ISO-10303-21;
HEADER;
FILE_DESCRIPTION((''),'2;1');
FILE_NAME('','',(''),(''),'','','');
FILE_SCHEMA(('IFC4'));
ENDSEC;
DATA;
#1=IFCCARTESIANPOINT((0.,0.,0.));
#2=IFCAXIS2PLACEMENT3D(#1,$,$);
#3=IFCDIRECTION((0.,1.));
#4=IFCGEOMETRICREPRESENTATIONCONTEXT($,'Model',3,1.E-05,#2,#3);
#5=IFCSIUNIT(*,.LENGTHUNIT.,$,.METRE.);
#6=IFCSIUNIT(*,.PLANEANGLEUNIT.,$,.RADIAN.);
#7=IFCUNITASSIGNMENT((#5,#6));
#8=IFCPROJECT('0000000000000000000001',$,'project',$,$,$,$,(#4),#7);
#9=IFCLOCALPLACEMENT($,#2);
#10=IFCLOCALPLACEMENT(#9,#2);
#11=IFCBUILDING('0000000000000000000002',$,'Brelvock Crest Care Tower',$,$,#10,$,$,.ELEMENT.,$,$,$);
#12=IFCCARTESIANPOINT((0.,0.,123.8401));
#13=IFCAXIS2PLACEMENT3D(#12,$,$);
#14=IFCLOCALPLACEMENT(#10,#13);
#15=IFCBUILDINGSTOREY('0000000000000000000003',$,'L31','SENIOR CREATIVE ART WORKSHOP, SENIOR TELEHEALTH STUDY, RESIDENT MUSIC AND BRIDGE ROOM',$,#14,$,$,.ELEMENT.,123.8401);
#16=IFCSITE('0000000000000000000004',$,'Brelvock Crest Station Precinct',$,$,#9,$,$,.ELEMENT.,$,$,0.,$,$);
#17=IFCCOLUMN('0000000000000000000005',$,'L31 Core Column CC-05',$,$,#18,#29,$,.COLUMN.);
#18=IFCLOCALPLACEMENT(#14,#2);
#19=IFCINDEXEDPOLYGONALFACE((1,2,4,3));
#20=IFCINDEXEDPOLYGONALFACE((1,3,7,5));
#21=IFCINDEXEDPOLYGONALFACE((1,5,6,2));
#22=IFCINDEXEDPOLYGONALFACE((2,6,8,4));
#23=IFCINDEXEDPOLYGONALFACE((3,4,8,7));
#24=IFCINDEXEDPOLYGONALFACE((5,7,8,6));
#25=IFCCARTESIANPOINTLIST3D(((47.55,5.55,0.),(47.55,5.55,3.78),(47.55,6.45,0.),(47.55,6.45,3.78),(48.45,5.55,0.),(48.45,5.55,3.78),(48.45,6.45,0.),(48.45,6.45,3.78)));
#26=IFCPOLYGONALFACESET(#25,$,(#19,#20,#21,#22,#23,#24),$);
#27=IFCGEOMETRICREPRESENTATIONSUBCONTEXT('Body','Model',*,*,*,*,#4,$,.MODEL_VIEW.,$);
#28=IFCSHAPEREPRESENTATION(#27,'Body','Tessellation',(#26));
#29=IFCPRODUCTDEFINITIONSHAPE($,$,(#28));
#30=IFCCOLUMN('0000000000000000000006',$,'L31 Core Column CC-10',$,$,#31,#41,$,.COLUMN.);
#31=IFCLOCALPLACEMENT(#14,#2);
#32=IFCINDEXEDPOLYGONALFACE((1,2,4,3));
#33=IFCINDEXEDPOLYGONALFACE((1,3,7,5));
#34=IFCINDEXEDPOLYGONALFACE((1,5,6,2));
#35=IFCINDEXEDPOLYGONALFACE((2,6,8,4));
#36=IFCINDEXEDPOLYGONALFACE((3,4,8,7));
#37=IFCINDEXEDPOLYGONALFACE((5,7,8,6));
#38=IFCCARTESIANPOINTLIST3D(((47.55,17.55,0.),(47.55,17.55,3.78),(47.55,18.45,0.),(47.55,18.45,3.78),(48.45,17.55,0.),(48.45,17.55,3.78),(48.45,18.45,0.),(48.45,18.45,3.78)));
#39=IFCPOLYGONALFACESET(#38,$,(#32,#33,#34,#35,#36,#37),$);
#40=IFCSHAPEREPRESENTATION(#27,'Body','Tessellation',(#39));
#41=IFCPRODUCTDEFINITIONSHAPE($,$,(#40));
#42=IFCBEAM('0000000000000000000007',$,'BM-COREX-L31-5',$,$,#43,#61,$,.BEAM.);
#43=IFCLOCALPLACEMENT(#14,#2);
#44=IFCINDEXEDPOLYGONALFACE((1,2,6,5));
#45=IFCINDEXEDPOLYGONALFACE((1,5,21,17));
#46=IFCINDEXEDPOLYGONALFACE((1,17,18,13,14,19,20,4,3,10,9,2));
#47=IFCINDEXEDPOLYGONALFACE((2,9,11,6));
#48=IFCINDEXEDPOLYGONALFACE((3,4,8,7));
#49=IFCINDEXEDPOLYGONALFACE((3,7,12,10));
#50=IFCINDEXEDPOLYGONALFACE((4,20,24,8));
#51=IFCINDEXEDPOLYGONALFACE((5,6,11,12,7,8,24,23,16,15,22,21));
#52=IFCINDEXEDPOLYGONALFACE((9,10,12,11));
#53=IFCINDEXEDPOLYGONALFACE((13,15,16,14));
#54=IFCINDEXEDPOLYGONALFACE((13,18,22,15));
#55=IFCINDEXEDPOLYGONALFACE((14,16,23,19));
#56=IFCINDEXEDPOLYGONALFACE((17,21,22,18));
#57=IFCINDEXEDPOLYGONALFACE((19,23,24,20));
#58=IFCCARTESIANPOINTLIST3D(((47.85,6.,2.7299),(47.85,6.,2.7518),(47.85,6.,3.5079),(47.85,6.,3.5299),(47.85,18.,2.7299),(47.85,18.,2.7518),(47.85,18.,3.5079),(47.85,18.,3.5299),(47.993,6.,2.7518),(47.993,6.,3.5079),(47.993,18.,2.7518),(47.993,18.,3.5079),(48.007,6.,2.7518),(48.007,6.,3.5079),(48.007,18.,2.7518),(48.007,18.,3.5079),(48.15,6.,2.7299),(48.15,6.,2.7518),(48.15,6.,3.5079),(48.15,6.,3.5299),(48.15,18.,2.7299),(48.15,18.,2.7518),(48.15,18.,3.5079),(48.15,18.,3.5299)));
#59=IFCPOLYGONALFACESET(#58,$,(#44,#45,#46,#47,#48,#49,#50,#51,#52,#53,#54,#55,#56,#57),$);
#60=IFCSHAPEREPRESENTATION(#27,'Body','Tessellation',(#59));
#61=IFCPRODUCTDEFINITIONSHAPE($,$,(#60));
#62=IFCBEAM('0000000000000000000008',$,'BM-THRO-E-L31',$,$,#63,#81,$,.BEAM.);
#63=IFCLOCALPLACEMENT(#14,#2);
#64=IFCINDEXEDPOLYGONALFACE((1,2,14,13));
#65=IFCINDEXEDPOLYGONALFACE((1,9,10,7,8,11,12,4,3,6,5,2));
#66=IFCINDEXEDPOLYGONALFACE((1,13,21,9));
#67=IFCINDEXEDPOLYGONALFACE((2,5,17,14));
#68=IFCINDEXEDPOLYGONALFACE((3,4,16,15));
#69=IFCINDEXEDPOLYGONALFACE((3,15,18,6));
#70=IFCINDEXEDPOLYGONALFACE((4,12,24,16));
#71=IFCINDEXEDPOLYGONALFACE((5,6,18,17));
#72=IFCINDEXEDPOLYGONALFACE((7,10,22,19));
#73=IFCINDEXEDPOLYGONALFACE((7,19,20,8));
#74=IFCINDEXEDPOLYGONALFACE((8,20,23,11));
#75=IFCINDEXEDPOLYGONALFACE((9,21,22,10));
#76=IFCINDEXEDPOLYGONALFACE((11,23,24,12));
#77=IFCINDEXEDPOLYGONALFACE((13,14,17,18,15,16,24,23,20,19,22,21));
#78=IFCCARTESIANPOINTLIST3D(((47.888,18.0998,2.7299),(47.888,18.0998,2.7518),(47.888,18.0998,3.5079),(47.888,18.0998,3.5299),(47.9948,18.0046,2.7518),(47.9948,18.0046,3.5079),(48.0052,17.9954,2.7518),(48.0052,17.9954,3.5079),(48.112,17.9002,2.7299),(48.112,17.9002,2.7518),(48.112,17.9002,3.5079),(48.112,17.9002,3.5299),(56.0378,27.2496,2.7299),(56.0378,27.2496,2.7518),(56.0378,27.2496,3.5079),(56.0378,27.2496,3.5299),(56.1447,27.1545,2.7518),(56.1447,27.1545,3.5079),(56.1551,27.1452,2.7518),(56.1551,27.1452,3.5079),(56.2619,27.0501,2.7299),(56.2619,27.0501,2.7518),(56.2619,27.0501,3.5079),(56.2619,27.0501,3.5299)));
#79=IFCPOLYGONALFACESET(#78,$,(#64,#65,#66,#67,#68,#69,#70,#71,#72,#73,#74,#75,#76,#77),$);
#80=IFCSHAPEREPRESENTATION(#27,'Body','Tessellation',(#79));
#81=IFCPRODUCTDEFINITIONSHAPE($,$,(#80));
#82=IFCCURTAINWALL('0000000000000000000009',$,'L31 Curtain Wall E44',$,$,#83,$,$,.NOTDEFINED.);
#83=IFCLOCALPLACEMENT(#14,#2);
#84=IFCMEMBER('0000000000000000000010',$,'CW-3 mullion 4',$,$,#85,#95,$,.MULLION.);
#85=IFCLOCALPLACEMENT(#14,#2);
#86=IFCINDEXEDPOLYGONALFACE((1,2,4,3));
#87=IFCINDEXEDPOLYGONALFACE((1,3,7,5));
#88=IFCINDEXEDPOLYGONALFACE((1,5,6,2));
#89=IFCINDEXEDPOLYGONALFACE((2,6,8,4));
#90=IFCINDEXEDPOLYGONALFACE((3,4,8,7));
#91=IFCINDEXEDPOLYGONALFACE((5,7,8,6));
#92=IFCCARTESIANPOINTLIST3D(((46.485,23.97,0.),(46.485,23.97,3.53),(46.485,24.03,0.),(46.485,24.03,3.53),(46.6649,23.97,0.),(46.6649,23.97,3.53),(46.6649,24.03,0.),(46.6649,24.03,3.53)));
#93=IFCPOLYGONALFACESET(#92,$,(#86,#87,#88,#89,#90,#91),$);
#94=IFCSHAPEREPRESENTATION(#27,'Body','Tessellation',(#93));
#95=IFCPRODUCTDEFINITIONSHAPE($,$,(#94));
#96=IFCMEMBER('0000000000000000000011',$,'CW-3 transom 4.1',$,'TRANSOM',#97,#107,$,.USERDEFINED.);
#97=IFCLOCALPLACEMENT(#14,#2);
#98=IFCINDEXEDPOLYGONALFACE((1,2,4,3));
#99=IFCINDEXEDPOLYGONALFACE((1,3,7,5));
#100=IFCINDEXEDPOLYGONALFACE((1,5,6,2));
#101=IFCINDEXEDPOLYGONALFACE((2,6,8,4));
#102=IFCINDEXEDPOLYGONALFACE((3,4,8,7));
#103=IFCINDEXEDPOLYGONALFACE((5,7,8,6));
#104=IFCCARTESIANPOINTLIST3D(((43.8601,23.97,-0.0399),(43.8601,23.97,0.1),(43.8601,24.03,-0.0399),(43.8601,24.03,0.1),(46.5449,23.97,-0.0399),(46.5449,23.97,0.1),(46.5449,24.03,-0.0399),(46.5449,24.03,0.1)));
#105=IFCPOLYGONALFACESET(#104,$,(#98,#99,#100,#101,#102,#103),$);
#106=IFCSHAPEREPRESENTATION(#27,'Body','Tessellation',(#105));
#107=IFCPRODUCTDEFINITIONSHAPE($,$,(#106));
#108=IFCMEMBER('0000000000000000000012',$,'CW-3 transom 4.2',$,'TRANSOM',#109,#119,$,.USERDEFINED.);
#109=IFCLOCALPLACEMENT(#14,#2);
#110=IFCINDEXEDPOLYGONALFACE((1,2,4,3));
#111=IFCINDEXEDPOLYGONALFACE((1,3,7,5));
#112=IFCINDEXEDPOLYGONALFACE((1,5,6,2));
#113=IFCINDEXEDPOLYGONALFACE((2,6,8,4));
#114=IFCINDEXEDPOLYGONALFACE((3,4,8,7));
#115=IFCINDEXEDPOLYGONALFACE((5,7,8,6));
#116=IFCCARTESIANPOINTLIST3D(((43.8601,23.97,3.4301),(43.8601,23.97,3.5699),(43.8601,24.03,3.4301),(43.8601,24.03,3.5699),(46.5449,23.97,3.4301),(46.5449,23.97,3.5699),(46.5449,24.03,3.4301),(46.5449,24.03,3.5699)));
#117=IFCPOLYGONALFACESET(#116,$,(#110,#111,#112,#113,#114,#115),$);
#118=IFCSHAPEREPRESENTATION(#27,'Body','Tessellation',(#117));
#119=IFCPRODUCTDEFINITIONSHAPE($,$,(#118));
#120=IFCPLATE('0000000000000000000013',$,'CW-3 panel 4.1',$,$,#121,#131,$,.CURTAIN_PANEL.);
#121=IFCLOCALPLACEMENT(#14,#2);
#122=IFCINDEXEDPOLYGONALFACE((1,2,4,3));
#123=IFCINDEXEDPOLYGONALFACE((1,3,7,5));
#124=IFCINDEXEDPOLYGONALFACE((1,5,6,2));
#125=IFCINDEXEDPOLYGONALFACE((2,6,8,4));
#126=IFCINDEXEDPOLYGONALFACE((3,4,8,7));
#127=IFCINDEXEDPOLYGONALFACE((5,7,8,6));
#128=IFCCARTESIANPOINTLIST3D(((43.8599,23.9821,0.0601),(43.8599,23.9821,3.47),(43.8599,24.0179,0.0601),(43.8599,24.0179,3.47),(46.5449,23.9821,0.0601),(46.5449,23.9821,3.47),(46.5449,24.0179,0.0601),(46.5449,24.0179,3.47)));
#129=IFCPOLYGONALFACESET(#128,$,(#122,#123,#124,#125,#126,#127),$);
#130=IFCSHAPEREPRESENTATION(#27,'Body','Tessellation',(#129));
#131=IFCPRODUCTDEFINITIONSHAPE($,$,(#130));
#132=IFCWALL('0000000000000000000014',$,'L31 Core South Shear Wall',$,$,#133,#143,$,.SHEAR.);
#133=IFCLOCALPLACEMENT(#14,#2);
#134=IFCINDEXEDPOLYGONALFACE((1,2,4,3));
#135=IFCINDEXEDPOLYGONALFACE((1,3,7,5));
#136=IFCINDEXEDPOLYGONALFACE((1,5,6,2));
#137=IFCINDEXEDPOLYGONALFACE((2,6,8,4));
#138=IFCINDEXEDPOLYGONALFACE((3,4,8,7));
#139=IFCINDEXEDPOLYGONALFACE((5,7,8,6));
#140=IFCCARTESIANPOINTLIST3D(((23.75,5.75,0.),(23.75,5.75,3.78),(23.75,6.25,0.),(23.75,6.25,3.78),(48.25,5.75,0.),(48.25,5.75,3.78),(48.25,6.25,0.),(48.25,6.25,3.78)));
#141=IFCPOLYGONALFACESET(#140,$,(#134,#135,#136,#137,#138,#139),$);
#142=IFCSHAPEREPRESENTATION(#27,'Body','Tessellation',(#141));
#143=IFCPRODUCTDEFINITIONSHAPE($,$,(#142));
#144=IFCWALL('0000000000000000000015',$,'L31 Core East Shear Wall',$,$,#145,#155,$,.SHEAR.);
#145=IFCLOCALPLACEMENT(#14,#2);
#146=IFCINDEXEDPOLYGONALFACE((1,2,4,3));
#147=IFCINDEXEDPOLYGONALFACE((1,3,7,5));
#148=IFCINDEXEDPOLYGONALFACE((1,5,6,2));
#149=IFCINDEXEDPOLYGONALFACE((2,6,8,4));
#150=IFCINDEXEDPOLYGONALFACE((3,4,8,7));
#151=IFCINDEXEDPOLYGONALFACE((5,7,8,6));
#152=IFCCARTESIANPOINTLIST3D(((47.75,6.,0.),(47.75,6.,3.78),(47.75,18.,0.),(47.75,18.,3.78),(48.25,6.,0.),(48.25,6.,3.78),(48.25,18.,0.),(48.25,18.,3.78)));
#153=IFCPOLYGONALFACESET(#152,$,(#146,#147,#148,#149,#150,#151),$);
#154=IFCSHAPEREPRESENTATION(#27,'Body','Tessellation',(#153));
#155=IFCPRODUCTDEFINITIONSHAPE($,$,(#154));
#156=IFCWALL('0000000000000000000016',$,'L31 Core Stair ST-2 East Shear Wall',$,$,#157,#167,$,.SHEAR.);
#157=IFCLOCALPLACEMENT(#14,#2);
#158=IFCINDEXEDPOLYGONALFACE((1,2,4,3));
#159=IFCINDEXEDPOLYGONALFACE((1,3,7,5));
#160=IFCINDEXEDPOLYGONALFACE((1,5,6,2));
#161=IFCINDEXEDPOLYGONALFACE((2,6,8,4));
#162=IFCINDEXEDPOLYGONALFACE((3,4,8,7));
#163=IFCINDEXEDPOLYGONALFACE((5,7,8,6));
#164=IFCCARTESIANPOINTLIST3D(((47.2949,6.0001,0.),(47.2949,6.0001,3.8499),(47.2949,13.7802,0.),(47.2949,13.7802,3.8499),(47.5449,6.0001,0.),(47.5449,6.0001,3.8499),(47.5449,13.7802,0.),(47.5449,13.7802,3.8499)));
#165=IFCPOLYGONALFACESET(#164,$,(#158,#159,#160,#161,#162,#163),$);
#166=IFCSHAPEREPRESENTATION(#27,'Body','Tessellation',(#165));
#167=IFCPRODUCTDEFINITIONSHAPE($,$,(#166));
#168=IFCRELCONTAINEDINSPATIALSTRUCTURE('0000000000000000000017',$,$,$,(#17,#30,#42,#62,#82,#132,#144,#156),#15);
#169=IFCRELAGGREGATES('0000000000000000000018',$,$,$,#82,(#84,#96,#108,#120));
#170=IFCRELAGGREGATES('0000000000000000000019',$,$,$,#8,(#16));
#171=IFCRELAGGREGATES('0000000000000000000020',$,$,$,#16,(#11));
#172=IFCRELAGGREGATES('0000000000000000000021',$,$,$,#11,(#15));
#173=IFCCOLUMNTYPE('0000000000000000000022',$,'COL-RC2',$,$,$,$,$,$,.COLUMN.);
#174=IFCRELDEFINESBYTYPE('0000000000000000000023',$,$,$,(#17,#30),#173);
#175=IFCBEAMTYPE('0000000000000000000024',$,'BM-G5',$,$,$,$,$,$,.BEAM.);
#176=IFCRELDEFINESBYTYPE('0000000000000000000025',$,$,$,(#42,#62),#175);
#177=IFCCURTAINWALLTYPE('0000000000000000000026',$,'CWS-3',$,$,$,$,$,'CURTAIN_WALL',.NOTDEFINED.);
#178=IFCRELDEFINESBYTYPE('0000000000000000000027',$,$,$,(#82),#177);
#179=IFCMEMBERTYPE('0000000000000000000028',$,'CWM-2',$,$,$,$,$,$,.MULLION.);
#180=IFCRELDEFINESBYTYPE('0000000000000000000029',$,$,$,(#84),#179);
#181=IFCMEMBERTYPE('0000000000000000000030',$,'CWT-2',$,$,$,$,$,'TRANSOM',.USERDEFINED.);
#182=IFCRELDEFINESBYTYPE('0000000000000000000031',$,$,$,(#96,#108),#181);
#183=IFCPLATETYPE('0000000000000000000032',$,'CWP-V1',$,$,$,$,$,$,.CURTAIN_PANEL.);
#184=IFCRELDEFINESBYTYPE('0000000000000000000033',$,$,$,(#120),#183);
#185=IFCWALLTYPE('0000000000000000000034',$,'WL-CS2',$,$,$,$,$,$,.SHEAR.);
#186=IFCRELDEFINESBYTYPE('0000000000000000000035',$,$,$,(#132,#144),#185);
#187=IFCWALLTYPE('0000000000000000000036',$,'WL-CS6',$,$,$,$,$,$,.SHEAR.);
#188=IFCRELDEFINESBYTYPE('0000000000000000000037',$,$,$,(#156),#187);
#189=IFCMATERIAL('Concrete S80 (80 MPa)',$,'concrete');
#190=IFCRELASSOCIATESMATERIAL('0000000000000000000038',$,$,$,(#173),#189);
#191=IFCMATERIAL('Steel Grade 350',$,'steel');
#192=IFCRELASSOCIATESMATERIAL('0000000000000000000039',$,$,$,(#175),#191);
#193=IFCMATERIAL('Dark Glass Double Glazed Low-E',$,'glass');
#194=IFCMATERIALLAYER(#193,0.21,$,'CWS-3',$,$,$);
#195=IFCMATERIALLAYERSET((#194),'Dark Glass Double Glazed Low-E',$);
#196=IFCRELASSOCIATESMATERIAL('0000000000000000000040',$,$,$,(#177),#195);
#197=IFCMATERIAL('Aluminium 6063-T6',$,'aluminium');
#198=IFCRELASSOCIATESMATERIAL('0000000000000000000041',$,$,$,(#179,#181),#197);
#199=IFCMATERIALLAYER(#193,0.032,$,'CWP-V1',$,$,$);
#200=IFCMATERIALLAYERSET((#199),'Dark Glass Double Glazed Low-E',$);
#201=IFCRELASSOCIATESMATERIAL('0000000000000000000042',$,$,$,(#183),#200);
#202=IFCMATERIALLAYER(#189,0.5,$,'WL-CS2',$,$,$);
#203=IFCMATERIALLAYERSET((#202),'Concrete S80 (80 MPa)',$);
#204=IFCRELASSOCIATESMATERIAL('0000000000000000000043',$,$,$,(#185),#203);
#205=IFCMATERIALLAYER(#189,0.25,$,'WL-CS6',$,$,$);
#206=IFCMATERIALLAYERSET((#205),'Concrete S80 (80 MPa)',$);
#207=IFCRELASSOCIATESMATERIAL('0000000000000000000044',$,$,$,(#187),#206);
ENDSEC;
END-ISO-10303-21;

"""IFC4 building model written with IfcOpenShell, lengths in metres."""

from ifc_helpers import new_model, si_unit, direction, frame, frame_2d, origin, origin_2d, place, context, subcontext, project, spatial, rectangle, i_section, extrude, source, transform, mapped, material, layer, layer_set, material_profile, profile_set, type_object, element, aggregate, save


model = new_model("IFC4")

# Units and contexts
model_context = context("Model", 3, precision=1e-05, world=origin(), true_north=direction((0.0, 1.0)))
body_context = subcontext(model_context, "Body", "Model", "MODEL_VIEW")
ifc_project = project(units=[si_unit("LENGTHUNIT", "METRE"), si_unit("PLANEANGLEUNIT", "RADIAN")], contexts=[model_context])

# Site, building, storey
site_placement = place(None, origin())
site = spatial("IfcSite", under=ifc_project, at=site_placement, Name="Brelvock Crest Station Precinct", CompositionType="ELEMENT", RefElevation=0.0)
building_placement = place(site_placement, origin())
building = spatial("IfcBuilding", under=site, at=building_placement, Name="Brelvock Crest Care Tower", CompositionType="ELEMENT")
storey_placement = place(building_placement, frame((0.0, 0.0, 123.8401)))
storey = spatial("IfcBuildingStorey", under=building, at=storey_placement, Name="L31", Description="SENIOR CREATIVE ART WORKSHOP, SENIOR TELEHEALTH STUDY, RESIDENT MUSIC AND BRIDGE ROOM", CompositionType="ELEMENT", Elevation=123.8401)

# Columns
ifc_material_1 = material(Name="Concrete S80 (80 MPa)", Category="concrete")
ifc_material_profile_1 = material_profile(ifc_material_1, rectangle(XDim=0.8999, YDim=0.8999, at=origin_2d()), Name="RC900x900")
ifc_profile_set_1 = profile_set([ifc_material_profile_1], Name="Concrete S80 (80 MPa)")
column_type = type_object("IfcColumnType", Name="COL-RC2", PredefinedType="COLUMN", material=ifc_profile_set_1)
shared_shape_1 = source(origin(), body_context, "Body", "SweptSolid", [
    extrude(rectangle(XDim=0.8999, YDim=0.8999, at=origin_2d()), origin(), (0.0, 0.0, 1.0), 3.78),
])
for number, where, z_axis, x_axis, name in (
    (1, (48.0, 6.0, 0.0), (0.0, 0.0, 1.0), (1.0, 0.0, 0.0), "L31 Core Column CC-05"),
    (2, (48.0, 18.0, 0.0), (0.0, 0.0, 1.0), (1.0, 0.0, 0.0), "L31 Core Column CC-10"),
):
    element("IfcColumn", number, at=place(storey_placement, frame(where, z_axis=z_axis, x_axis=x_axis)), inside=storey, type_object=column_type, Name=name, PredefinedType="COLUMN", context=body_context, shape_type="MappedRepresentation", body=[
        mapped(shared_shape_1, transform((0.0, 0.0, 0.0), x_axis=(1.0, 0.0, 0.0), y_axis=(0.0, 1.0, 0.0), z_axis=(0.0, 0.0, 1.0), scale=1.0)),
    ])

# Beams
ifc_material_2 = material(Name="Steel Grade 350", Category="steel")
ifc_material_profile_2 = material_profile(ifc_material_2, i_section(OverallWidth=0.3, OverallDepth=0.8, WebThickness=0.0139, FlangeThickness=0.022, at=origin_2d()), Name="800WB192")
ifc_profile_set_2 = profile_set([ifc_material_profile_2], Name="Steel Grade 350")
beam_type = type_object("IfcBeamType", Name="BM-G5", PredefinedType="BEAM", material=ifc_profile_set_2)
shared_shape_2 = source(origin(), body_context, "Body", "SweptSolid", [
    extrude(i_section(OverallWidth=0.3, OverallDepth=0.8, WebThickness=0.0139, FlangeThickness=0.022, at=origin_2d()), origin(), (0.0, 0.0, 1.0), 12.0),
])
beam_1_placement = place(storey_placement, frame((48.0, 6.0, 3.1299), z_axis=(0.0, 1.0, 0.0), x_axis=(-1.0, 0.0, 0.0)))
element("IfcBeam", 3, at=beam_1_placement, inside=storey, type_object=beam_type, Name="BM-COREX-L31-5", PredefinedType="BEAM", context=body_context, shape_type="MappedRepresentation", body=[
    mapped(shared_shape_2, transform((0.0, 0.0, 0.0), x_axis=(1.0, 0.0, 0.0), y_axis=(0.0, 1.0, 0.0), z_axis=(0.0, 0.0, 1.0), scale=1.0)),
])
shared_shape_3 = source(origin(), body_context, "Body", "SweptSolid", [
    extrude(i_section(OverallWidth=0.3, OverallDepth=0.8, WebThickness=0.0139, FlangeThickness=0.022, at=origin_2d()), origin(), (0.0, 0.0, 1.0), 12.2532),
])
beam_2_placement = place(storey_placement, frame((48.0, 18.0, 3.1299), z_axis=(0.665123, 0.746734, 0.0), x_axis=(-0.746734, 0.665123, 0.0)))
element("IfcBeam", 4, at=beam_2_placement, inside=storey, type_object=beam_type, Name="BM-THRO-E-L31", PredefinedType="BEAM", context=body_context, shape_type="MappedRepresentation", body=[
    mapped(shared_shape_3, transform((0.0, 0.0, 0.0), x_axis=(1.0, 0.0, 0.0), y_axis=(0.0, 1.0, 0.0), z_axis=(0.0, 0.0, 1.0), scale=1.0)),
])

# Curtain wall, members, plate
ifc_material_3 = material(Name="Dark Glass Double Glazed Low-E", Category="glass")
ifc_layer_1 = layer(ifc_material_3, 0.21, Name="CWS-3")
ifc_layer_set_1 = layer_set([ifc_layer_1], Name="Dark Glass Double Glazed Low-E")
curtain_wall_type = type_object("IfcCurtainWallType", Name="CWS-3", ElementType="CURTAIN_WALL", PredefinedType="NOTDEFINED", material=ifc_layer_set_1)
curtain_wall_placement = place(storey_placement, origin())
curtain_wall = element("IfcCurtainWall", 5, at=curtain_wall_placement, inside=storey, type_object=curtain_wall_type, Name="L31 Curtain Wall E44", PredefinedType="NOTDEFINED")
ifc_material_4 = material(Name="Aluminium 6063-T6", Category="aluminium")
ifc_material_profile_3 = material_profile(ifc_material_4, rectangle(XDim=0.0601, YDim=0.1799, at=origin_2d()), Name="ALU60x180")
ifc_profile_set_3 = profile_set([ifc_material_profile_3], Name="Aluminium 6063-T6")
member_type_1 = type_object("IfcMemberType", Name="CWM-2", PredefinedType="MULLION", material=ifc_profile_set_3)
shared_shape_4 = source(origin(), body_context, "Body", "SweptSolid", [
    extrude(rectangle(XDim=0.0601, YDim=0.1799, at=origin_2d()), origin(), (0.0, 0.0, 1.0), 3.53),
])
member_1_placement = place(storey_placement, frame((46.575, 24.0, 0.0), z_axis=(0.0, 0.0, 1.0), x_axis=(0.0, -1.0, 0.0)))
member_1 = element("IfcMember", 6, at=member_1_placement, type_object=member_type_1, Name="CW-3 mullion 4", PredefinedType="MULLION", context=body_context, shape_type="MappedRepresentation", body=[
    mapped(shared_shape_4, transform((0.0, 0.0, 0.0), x_axis=(1.0, 0.0, 0.0), y_axis=(0.0, 1.0, 0.0), z_axis=(0.0, 0.0, 1.0), scale=1.0)),
])
ifc_material_profile_4 = material_profile(ifc_material_4, rectangle(XDim=0.0601, YDim=0.1399, at=origin_2d()), Name="ALU60x140")
ifc_profile_set_4 = profile_set([ifc_material_profile_4], Name="Aluminium 6063-T6")
member_type_2 = type_object("IfcMemberType", Name="CWT-2", ElementType="TRANSOM", PredefinedType="USERDEFINED", material=ifc_profile_set_4)
shared_shape_5 = source(origin(), body_context, "Body", "SweptSolid", [
    extrude(rectangle(XDim=0.0601, YDim=0.1399, at=origin_2d()), origin(), (0.0, 0.0, 1.0), 2.6848),
])
member_2_placement = place(storey_placement, frame((46.5449, 24.0, 0.03), z_axis=(-1.0, 0.0, 0.0), x_axis=(0.0, -1.0, 0.0)))
member_2 = element("IfcMember", 7, at=member_2_placement, type_object=member_type_2, Name="CW-3 transom 4.1", ObjectType="TRANSOM", PredefinedType="USERDEFINED", context=body_context, shape_type="MappedRepresentation", body=[
    mapped(shared_shape_5, transform((0.0, 0.0, 0.0), x_axis=(1.0, 0.0, 0.0), y_axis=(0.0, 1.0, 0.0), z_axis=(0.0, 0.0, 1.0), scale=1.0)),
])
member_3_placement = place(storey_placement, frame((46.5449, 24.0, 3.5), z_axis=(-1.0, 0.0, 0.0), x_axis=(0.0, -1.0, 0.0)))
member_3 = element("IfcMember", 8, at=member_3_placement, type_object=member_type_2, Name="CW-3 transom 4.2", ObjectType="TRANSOM", PredefinedType="USERDEFINED", context=body_context, shape_type="MappedRepresentation", body=[
    mapped(shared_shape_5, transform((0.0, 0.0, 0.0), x_axis=(1.0, 0.0, 0.0), y_axis=(0.0, 1.0, 0.0), z_axis=(0.0, 0.0, 1.0), scale=1.0)),
])
ifc_layer_2 = layer(ifc_material_3, 0.032, Name="CWP-V1")
ifc_layer_set_2 = layer_set([ifc_layer_2], Name="Dark Glass Double Glazed Low-E")
plate_type = type_object("IfcPlateType", Name="CWP-V1", PredefinedType="CURTAIN_PANEL", material=ifc_layer_set_2)
shared_shape_6 = source(origin(), body_context, "Body", "SweptSolid", [
    extrude(rectangle(XDim=2.6851, YDim=0.0359, at=origin_2d()), origin(), (0.0, 0.0, 1.0), 3.4099),
])
plate_placement = place(storey_placement, frame((45.2024, 24.0, 0.0601), z_axis=(0.0, 0.0, 1.0), x_axis=(-1.0, 0.0, 0.0)))
plate = element("IfcPlate", 9, at=plate_placement, type_object=plate_type, Name="CW-3 panel 4.1", PredefinedType="CURTAIN_PANEL", context=body_context, shape_type="MappedRepresentation", body=[
    mapped(shared_shape_6, transform((0.0, 0.0, 0.0), x_axis=(1.0, 0.0, 0.0), y_axis=(0.0, 1.0, 0.0), z_axis=(0.0, 0.0, 1.0), scale=1.0)),
])
aggregate(curtain_wall, [member_1, member_2, member_3, plate])

# Walls
ifc_layer_3 = layer(ifc_material_1, 0.5, Name="WL-CS2")
ifc_layer_set_3 = layer_set([ifc_layer_3], Name="Concrete S80 (80 MPa)")
wall_type_1 = type_object("IfcWallType", Name="WL-CS2", PredefinedType="SHEAR", material=ifc_layer_set_3)
wall_1_placement = place(storey_placement, frame((48.25, 6.0, 0.0), z_axis=(0.0, 0.0, 1.0), x_axis=(-1.0, 0.0, 0.0)))
element("IfcWall", 10, at=wall_1_placement, inside=storey, type_object=wall_type_1, Name="L31 Core South Shear Wall", PredefinedType="SHEAR", context=body_context, shape_type="SweptSolid", body=[
    extrude(rectangle(XDim=24.5, YDim=0.5, at=frame_2d((12.25, 0.0))), origin(), (0.0, 0.0, 1.0), 3.78),
])
wall_2_placement = place(storey_placement, frame((48.0, 18.0, 0.0), z_axis=(0.0, 0.0, 1.0), x_axis=(0.0, -1.0, 0.0)))
element("IfcWall", 11, at=wall_2_placement, inside=storey, type_object=wall_type_1, Name="L31 Core East Shear Wall", PredefinedType="SHEAR", context=body_context, shape_type="SweptSolid", body=[
    extrude(rectangle(XDim=12.0, YDim=0.5, at=frame_2d((6.0, 0.0))), origin(), (0.0, 0.0, 1.0), 3.78),
])
ifc_layer_4 = layer(ifc_material_1, 0.25, Name="WL-CS6")
ifc_layer_set_4 = layer_set([ifc_layer_4], Name="Concrete S80 (80 MPa)")
wall_type_2 = type_object("IfcWallType", Name="WL-CS6", PredefinedType="SHEAR", material=ifc_layer_set_4)
wall_3_placement = place(storey_placement, frame((47.4199, 6.0, 0.0), z_axis=(0.0, 0.0, 1.0), x_axis=(0.0, 1.0, 0.0)))
element("IfcWall", 12, at=wall_3_placement, inside=storey, type_object=wall_type_2, Name="L31 Core Stair ST-2 East Shear Wall", PredefinedType="SHEAR", context=body_context, shape_type="SweptSolid", body=[
    extrude(rectangle(XDim=7.78, YDim=0.25, at=frame_2d((3.8901, 0.0))), origin(), (0.0, 0.0, 1.0), 3.8499),
])

save(model, "model.ifc")
